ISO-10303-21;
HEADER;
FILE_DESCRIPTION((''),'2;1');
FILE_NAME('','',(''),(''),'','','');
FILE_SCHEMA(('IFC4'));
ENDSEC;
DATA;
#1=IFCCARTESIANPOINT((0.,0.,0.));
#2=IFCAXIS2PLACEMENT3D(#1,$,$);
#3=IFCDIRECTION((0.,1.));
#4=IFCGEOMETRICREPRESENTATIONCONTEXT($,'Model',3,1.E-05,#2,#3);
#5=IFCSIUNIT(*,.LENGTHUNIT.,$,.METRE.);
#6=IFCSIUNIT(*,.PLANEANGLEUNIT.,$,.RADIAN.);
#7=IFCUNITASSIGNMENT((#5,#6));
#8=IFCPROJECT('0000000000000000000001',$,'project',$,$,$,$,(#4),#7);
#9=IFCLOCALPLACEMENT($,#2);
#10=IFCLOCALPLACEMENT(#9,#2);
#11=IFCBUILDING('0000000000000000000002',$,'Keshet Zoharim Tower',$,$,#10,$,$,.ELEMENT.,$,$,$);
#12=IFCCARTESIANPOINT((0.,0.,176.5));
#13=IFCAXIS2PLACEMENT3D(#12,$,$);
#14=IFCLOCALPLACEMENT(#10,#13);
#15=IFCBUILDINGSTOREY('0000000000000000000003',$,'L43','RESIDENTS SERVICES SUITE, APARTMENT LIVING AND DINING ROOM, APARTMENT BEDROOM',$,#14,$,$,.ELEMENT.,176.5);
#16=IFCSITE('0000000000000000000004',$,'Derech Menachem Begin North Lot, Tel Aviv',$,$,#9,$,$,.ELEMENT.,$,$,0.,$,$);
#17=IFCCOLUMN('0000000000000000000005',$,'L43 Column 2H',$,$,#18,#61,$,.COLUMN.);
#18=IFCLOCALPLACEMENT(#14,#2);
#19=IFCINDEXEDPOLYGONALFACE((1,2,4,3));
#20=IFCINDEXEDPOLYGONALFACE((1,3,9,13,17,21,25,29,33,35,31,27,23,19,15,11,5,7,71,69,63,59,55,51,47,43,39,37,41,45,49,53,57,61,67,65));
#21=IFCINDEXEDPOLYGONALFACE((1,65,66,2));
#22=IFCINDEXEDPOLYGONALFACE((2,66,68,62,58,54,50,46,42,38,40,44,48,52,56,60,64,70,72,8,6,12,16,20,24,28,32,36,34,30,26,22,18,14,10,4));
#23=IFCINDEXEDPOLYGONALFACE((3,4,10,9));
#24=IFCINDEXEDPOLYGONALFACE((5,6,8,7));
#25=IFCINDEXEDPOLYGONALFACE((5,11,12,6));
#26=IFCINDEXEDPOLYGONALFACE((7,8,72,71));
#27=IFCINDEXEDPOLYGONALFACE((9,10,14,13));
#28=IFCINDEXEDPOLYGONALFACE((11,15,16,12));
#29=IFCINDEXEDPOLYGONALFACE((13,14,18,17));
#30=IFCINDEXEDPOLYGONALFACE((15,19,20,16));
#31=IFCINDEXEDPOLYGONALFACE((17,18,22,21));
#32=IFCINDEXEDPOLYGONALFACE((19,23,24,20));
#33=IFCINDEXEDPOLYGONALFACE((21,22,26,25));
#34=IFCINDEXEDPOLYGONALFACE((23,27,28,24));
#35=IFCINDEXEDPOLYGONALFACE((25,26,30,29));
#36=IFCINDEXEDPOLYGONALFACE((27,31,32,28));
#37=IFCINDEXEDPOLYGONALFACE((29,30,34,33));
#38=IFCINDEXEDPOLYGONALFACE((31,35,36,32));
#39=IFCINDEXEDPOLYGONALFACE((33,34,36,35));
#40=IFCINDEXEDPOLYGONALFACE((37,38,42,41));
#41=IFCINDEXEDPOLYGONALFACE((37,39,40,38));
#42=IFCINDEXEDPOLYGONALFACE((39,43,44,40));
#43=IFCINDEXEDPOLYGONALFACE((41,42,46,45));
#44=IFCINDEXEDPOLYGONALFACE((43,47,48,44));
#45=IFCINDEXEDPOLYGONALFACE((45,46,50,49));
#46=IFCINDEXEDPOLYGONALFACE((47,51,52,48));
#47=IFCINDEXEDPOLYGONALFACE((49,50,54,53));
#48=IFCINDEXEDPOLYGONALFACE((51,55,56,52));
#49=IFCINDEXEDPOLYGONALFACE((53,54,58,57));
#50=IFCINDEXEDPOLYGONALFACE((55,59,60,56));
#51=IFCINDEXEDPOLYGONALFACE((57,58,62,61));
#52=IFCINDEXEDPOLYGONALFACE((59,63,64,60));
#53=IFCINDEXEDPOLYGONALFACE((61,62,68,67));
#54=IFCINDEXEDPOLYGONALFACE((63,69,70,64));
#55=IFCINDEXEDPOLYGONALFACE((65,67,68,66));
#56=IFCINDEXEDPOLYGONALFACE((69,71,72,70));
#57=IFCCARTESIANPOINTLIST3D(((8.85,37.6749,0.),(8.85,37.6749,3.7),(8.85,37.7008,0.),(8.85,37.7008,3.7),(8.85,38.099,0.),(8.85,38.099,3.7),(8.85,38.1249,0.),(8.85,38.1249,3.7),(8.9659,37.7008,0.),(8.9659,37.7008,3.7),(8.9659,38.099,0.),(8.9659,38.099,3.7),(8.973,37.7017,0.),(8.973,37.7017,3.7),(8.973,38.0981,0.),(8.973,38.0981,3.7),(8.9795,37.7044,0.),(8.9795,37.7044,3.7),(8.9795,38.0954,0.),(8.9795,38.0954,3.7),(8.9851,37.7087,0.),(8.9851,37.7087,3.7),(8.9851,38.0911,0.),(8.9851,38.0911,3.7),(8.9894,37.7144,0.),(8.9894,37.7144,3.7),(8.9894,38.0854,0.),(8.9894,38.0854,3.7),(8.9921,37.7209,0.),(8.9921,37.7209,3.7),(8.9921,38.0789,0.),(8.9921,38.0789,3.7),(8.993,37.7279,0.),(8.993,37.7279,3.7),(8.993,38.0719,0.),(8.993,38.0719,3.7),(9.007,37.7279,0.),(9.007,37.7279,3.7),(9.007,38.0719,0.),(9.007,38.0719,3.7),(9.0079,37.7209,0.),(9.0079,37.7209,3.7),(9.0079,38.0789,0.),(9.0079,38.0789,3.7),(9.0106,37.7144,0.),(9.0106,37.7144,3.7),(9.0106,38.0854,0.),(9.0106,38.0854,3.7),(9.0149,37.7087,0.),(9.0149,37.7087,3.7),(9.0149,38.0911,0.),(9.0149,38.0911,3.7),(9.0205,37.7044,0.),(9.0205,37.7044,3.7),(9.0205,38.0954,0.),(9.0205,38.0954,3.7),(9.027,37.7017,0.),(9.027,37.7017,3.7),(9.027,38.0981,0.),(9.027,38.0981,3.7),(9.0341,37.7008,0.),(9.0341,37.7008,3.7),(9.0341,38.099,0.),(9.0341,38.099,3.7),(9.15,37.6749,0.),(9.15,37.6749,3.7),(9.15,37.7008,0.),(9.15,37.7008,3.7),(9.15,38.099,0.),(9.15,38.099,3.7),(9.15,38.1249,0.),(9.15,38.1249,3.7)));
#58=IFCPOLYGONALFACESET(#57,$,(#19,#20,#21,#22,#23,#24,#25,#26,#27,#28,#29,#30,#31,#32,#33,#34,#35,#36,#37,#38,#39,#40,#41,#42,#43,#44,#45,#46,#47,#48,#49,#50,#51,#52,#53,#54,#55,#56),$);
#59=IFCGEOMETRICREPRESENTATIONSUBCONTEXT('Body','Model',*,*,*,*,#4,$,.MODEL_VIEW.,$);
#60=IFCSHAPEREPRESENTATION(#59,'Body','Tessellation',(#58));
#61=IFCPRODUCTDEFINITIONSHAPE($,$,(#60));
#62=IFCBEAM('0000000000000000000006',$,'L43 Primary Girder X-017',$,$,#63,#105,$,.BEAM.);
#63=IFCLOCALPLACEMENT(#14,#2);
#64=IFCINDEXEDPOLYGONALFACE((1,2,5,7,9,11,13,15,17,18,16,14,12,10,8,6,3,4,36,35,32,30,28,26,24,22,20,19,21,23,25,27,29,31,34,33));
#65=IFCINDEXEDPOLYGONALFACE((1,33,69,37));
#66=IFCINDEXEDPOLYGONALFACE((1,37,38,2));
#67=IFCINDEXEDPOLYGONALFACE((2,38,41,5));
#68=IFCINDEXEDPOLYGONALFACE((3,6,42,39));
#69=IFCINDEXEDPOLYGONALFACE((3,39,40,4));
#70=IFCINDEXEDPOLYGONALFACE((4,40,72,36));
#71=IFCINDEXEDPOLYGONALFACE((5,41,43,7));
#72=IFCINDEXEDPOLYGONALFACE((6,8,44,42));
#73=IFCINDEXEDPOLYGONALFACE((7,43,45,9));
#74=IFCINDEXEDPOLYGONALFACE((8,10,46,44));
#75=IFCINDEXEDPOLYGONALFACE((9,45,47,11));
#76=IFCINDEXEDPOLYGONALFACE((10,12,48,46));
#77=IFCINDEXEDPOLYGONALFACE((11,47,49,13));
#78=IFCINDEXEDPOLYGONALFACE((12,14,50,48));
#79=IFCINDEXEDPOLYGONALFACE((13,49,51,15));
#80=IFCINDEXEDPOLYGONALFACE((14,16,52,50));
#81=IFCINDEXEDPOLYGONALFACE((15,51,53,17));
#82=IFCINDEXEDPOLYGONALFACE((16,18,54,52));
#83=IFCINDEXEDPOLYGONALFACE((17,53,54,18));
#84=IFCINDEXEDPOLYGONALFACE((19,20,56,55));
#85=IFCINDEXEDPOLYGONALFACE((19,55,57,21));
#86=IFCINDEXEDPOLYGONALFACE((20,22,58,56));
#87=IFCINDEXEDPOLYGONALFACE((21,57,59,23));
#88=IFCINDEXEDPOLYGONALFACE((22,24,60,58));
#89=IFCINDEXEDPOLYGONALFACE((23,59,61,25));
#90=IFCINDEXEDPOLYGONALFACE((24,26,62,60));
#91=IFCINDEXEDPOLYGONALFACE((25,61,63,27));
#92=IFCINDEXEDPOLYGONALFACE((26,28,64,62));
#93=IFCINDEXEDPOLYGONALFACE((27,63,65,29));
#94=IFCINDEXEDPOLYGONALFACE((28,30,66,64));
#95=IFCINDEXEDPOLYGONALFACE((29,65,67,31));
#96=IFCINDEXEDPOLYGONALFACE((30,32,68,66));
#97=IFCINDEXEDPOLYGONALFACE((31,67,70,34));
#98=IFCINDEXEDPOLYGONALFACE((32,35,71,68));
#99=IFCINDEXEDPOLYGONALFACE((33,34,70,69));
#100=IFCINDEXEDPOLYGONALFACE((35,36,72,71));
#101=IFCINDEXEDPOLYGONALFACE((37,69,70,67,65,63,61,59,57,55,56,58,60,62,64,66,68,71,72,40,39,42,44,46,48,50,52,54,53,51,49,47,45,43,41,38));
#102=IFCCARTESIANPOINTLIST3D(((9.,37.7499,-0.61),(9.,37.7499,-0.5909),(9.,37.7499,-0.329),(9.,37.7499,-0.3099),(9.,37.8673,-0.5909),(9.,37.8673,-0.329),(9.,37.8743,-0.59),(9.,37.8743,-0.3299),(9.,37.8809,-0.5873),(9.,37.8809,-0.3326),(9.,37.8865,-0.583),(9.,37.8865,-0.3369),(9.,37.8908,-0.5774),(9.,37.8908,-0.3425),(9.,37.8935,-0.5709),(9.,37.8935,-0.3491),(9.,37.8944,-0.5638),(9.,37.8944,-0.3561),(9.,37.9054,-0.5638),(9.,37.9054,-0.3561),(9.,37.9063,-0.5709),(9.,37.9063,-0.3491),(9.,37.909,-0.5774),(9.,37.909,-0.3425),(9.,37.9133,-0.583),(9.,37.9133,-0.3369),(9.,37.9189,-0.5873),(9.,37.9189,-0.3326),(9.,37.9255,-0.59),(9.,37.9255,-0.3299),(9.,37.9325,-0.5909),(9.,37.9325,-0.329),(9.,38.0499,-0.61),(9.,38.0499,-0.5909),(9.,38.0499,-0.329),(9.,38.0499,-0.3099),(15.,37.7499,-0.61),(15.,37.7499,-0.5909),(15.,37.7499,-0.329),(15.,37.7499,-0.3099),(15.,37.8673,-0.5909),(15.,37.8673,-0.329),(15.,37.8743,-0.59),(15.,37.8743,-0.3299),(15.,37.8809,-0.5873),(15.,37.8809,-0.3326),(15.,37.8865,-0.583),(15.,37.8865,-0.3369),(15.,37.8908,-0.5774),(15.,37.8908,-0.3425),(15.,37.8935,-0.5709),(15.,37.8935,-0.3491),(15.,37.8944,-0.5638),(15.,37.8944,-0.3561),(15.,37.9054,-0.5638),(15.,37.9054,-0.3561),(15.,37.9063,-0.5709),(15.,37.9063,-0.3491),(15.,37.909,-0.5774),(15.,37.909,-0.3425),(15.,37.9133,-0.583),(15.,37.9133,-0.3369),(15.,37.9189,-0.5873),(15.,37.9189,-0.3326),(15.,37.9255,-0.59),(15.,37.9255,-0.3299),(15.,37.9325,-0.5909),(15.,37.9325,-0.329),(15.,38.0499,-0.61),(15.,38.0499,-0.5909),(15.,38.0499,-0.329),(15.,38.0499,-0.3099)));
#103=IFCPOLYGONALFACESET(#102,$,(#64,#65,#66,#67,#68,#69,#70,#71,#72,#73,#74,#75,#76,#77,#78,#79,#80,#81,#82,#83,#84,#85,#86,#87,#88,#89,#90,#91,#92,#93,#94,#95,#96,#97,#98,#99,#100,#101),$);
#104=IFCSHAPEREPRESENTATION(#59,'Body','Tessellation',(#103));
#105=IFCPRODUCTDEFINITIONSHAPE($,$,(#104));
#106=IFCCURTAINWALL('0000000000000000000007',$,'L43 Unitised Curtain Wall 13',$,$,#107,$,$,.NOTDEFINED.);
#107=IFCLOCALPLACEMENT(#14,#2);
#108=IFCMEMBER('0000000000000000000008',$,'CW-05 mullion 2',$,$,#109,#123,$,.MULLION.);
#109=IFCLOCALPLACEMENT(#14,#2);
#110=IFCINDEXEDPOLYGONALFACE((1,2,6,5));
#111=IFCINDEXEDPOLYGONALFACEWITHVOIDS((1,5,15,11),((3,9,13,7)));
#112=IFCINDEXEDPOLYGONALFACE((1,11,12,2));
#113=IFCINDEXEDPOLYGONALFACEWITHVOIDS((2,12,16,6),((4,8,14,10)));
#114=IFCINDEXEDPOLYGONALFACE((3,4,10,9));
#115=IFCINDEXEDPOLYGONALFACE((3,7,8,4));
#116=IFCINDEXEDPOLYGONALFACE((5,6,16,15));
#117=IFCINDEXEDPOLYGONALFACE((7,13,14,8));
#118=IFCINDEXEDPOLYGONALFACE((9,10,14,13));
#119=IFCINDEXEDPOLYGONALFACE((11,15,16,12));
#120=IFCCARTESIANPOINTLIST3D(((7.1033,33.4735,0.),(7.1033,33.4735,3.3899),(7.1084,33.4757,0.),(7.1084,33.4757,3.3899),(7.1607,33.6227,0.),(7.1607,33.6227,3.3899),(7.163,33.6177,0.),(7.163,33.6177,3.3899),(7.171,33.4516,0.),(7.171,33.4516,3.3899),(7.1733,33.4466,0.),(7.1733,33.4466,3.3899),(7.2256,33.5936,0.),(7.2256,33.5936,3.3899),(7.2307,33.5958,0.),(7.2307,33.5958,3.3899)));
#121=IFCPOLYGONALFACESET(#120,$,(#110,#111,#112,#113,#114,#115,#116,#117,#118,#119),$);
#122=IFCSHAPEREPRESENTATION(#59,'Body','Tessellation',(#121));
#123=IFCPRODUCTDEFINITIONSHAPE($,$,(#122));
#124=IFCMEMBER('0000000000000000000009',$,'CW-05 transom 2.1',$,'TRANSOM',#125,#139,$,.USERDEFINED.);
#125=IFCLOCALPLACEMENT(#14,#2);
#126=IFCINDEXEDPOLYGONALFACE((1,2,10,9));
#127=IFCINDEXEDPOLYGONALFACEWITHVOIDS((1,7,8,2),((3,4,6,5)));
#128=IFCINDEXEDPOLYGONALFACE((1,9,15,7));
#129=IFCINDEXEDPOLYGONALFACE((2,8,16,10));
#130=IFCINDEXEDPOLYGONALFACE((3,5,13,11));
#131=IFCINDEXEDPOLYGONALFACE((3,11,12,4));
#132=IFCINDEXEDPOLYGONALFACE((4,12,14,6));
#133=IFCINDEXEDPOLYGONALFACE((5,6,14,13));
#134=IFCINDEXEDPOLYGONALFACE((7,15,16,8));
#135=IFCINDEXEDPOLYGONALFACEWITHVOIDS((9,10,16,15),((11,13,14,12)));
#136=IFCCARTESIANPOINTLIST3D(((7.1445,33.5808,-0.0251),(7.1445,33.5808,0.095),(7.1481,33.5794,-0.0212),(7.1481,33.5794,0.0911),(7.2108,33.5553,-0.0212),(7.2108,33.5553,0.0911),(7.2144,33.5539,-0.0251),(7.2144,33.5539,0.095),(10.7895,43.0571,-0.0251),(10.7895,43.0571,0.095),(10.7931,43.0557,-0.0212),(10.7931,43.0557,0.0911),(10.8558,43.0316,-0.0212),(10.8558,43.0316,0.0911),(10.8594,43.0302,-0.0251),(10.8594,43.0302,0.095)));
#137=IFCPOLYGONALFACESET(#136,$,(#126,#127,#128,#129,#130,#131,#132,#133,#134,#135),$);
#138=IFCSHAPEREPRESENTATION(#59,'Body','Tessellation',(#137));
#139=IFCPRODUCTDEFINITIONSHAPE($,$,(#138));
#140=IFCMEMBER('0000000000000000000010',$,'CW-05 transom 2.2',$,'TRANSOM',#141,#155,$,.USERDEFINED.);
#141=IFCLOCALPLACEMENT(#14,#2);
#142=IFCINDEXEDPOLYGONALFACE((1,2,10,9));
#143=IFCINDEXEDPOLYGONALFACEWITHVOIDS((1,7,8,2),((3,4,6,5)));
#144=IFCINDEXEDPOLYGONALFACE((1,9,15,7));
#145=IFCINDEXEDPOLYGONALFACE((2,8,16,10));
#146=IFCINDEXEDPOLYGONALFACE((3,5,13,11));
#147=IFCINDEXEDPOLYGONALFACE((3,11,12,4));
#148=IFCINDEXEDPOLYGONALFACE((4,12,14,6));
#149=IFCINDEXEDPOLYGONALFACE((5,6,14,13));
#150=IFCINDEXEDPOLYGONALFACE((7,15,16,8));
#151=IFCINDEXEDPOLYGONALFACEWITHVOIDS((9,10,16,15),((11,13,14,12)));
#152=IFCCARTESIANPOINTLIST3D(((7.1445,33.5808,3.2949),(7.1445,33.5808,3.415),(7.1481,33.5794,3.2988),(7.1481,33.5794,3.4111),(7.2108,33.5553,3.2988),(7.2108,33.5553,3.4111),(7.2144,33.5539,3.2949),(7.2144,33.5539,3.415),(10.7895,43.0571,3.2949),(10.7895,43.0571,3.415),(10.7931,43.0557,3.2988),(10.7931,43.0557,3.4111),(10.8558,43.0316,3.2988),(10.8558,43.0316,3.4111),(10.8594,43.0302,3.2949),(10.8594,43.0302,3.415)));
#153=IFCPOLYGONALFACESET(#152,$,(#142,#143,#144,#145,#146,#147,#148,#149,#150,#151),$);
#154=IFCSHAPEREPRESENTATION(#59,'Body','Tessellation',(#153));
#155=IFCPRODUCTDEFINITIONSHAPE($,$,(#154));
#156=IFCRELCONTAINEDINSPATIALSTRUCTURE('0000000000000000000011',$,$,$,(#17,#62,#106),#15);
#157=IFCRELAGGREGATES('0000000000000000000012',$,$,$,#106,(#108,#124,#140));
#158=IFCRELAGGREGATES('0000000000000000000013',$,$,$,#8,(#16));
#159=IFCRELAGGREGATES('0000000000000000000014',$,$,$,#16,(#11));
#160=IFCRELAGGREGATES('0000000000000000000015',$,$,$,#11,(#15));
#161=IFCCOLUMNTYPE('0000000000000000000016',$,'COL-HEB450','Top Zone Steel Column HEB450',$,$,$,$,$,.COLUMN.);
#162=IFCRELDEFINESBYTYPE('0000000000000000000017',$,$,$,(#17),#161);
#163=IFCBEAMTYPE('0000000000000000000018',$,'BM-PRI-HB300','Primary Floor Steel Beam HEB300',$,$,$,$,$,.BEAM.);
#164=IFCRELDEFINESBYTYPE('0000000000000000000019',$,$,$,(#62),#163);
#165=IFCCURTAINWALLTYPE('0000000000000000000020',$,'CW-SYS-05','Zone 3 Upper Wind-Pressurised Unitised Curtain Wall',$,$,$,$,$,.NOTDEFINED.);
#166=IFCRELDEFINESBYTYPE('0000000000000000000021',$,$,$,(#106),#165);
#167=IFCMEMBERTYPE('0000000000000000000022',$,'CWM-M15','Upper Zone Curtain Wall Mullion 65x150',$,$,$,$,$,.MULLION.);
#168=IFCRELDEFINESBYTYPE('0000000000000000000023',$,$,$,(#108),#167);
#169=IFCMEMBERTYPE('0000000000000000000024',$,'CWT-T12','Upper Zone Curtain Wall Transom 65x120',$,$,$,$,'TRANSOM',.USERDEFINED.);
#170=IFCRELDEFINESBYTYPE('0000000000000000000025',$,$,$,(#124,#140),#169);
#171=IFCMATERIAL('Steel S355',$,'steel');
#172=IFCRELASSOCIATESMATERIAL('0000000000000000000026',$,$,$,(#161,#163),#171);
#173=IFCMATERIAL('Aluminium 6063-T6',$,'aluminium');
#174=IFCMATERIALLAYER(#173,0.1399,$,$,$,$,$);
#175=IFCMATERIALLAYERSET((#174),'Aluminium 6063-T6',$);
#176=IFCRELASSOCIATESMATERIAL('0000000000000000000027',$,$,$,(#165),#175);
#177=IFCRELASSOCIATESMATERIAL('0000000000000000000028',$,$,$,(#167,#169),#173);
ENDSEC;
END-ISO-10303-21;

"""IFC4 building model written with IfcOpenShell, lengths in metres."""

from ifc_helpers import new_model, si_unit, direction, frame, origin, origin_2d, place, context, subcontext, project, spatial, hollow_rectangle, i_section, extrude, material, layer, layer_set, material_profile, profile_set, type_object, element, aggregate, save


model = new_model("IFC4")

# Units and contexts
model_context = context("Model", 3, precision=1e-05, world=origin(), true_north=direction((0.0, 1.0)))
body_context = subcontext(model_context, "Body", "Model", "MODEL_VIEW")
ifc_project = project(units=[si_unit("LENGTHUNIT", "METRE"), si_unit("PLANEANGLEUNIT", "RADIAN")], contexts=[model_context])

# Site, building, storey
site_placement = place(None, origin())
site = spatial("IfcSite", under=ifc_project, at=site_placement, Name="Derech Menachem Begin North Lot, Tel Aviv", CompositionType="ELEMENT", RefElevation=0.0)
building_placement = place(site_placement, origin())
building = spatial("IfcBuilding", under=site, at=building_placement, Name="Keshet Zoharim Tower", CompositionType="ELEMENT")
storey_placement = place(building_placement, frame((0.0, 0.0, 176.5)))
storey = spatial("IfcBuildingStorey", under=building, at=storey_placement, Name="L43", Description="RESIDENTS SERVICES SUITE, APARTMENT LIVING AND DINING ROOM, APARTMENT BEDROOM", CompositionType="ELEMENT", Elevation=176.5)

# Column
ifc_material_1 = material(Name="Steel S355", Category="steel")
ifc_material_profile_1 = material_profile(ifc_material_1, i_section(OverallWidth=0.3, OverallDepth=0.45, WebThickness=0.0139, FlangeThickness=0.0259, FilletRadius=0.0271, at=origin_2d()), Name="HEB450")
ifc_profile_set_1 = profile_set([ifc_material_profile_1], Name="Steel S355")
column_type = type_object("IfcColumnType", Name="COL-HEB450", Description="Top Zone Steel Column HEB450", PredefinedType="COLUMN", material=ifc_profile_set_1)
column_placement = place(storey_placement, frame((9.0, 37.8999, 0.0), z_axis=(0.0, 0.0, 1.0), x_axis=(1.0, 0.0, 0.0)))
element("IfcColumn", 1, at=column_placement, inside=storey, type_object=column_type, Name="L43 Column 2H", PredefinedType="COLUMN", context=body_context, shape_type="SweptSolid", body=[
    extrude(i_section(OverallWidth=0.3, OverallDepth=0.45, WebThickness=0.0139, FlangeThickness=0.0259, FilletRadius=0.0271, at=origin_2d()), origin(), (0.0, 0.0, 1.0), 3.7),
])

# Beam
ifc_material_profile_2 = material_profile(ifc_material_1, i_section(OverallWidth=0.3, OverallDepth=0.3, WebThickness=0.011, FlangeThickness=0.019, FilletRadius=0.0271, at=origin_2d()), Name="HEB300")
ifc_profile_set_2 = profile_set([ifc_material_profile_2], Name="Steel S355")
beam_type = type_object("IfcBeamType", Name="BM-PRI-HB300", Description="Primary Floor Steel Beam HEB300", PredefinedType="BEAM", material=ifc_profile_set_2)
beam_placement = place(storey_placement, frame((9.0, 37.8999, -0.46), z_axis=(1.0, 0.0, 0.0), x_axis=(0.0, 1.0, 0.0)))
element("IfcBeam", 2, at=beam_placement, inside=storey, type_object=beam_type, Name="L43 Primary Girder X-017", PredefinedType="BEAM", context=body_context, shape_type="SweptSolid", body=[
    extrude(i_section(OverallWidth=0.3, OverallDepth=0.3, WebThickness=0.011, FlangeThickness=0.019, FilletRadius=0.0271, at=origin_2d()), origin(), (0.0, 0.0, 1.0), 6.0),
])

# Curtain wall, members
ifc_material_2 = material(Name="Aluminium 6063-T6", Category="aluminium")
ifc_layer_1 = layer(ifc_material_2, 0.1399)
ifc_layer_set_1 = layer_set([ifc_layer_1], Name="Aluminium 6063-T6")
curtain_wall_type = type_object("IfcCurtainWallType", Name="CW-SYS-05", Description="Zone 3 Upper Wind-Pressurised Unitised Curtain Wall", PredefinedType="NOTDEFINED", material=ifc_layer_set_1)
curtain_wall_placement = place(storey_placement, origin())
curtain_wall = element("IfcCurtainWall", 3, at=curtain_wall_placement, inside=storey, type_object=curtain_wall_type, Name="L43 Unitised Curtain Wall 13", PredefinedType="NOTDEFINED")
ifc_material_profile_3 = material_profile(ifc_material_2, hollow_rectangle(XDim=0.075, YDim=0.1599, WallThickness=0.0039, at=origin_2d()), Name="MUL-75x160")
ifc_profile_set_3 = profile_set([ifc_material_profile_3], Name="Aluminium 6063-T6")
member_type_1 = type_object("IfcMemberType", Name="CWM-M15", Description="Upper Zone Curtain Wall Mullion 65x150", PredefinedType="MULLION", material=ifc_profile_set_3)
member_1_placement = place(storey_placement, frame((7.167, 33.5347, 0.0), z_axis=(0.0, 0.0, 1.0), x_axis=(-0.933341, 0.35899, 0.0)))
member_1 = element("IfcMember", 4, at=member_1_placement, type_object=member_type_1, Name="CW-05 mullion 2", PredefinedType="MULLION", context=body_context, shape_type="SweptSolid", body=[
    extrude(hollow_rectangle(XDim=0.075, YDim=0.1599, WallThickness=0.0039, at=origin_2d()), origin(), (0.0, 0.0, 1.0), 3.3899),
])
ifc_material_profile_4 = material_profile(ifc_material_2, hollow_rectangle(XDim=0.075, YDim=0.1201, WallThickness=0.0039, at=origin_2d()), Name="TRN-75x120")
ifc_profile_set_4 = profile_set([ifc_material_profile_4], Name="Aluminium 6063-T6")
member_type_2 = type_object("IfcMemberType", Name="CWT-T12", Description="Upper Zone Curtain Wall Transom 65x120", ElementType="TRANSOM", PredefinedType="USERDEFINED", material=ifc_profile_set_4)
member_2_placement = place(storey_placement, frame((7.1794, 33.5674, 0.0349), z_axis=(0.359003, 0.933336, 0.0), x_axis=(-0.933336, 0.359003, 0.0)))
member_2 = element("IfcMember", 5, at=member_2_placement, type_object=member_type_2, Name="CW-05 transom 2.1", ObjectType="TRANSOM", PredefinedType="USERDEFINED", context=body_context, shape_type="SweptSolid", body=[
    extrude(hollow_rectangle(XDim=0.075, YDim=0.1201, WallThickness=0.0039, at=origin_2d()), origin(), (0.0, 0.0, 1.0), 10.1531),
])
member_3_placement = place(storey_placement, frame((7.1794, 33.5674, 3.355), z_axis=(0.359003, 0.933336, 0.0), x_axis=(-0.933336, 0.359003, 0.0)))
member_3 = element("IfcMember", 6, at=member_3_placement, type_object=member_type_2, Name="CW-05 transom 2.2", ObjectType="TRANSOM", PredefinedType="USERDEFINED", context=body_context, shape_type="SweptSolid", body=[
    extrude(hollow_rectangle(XDim=0.075, YDim=0.1201, WallThickness=0.0039, at=origin_2d()), origin(), (0.0, 0.0, 1.0), 10.1531),
])

aggregate(curtain_wall, [member_1, member_2, member_3])

save(model, "model.ifc")
